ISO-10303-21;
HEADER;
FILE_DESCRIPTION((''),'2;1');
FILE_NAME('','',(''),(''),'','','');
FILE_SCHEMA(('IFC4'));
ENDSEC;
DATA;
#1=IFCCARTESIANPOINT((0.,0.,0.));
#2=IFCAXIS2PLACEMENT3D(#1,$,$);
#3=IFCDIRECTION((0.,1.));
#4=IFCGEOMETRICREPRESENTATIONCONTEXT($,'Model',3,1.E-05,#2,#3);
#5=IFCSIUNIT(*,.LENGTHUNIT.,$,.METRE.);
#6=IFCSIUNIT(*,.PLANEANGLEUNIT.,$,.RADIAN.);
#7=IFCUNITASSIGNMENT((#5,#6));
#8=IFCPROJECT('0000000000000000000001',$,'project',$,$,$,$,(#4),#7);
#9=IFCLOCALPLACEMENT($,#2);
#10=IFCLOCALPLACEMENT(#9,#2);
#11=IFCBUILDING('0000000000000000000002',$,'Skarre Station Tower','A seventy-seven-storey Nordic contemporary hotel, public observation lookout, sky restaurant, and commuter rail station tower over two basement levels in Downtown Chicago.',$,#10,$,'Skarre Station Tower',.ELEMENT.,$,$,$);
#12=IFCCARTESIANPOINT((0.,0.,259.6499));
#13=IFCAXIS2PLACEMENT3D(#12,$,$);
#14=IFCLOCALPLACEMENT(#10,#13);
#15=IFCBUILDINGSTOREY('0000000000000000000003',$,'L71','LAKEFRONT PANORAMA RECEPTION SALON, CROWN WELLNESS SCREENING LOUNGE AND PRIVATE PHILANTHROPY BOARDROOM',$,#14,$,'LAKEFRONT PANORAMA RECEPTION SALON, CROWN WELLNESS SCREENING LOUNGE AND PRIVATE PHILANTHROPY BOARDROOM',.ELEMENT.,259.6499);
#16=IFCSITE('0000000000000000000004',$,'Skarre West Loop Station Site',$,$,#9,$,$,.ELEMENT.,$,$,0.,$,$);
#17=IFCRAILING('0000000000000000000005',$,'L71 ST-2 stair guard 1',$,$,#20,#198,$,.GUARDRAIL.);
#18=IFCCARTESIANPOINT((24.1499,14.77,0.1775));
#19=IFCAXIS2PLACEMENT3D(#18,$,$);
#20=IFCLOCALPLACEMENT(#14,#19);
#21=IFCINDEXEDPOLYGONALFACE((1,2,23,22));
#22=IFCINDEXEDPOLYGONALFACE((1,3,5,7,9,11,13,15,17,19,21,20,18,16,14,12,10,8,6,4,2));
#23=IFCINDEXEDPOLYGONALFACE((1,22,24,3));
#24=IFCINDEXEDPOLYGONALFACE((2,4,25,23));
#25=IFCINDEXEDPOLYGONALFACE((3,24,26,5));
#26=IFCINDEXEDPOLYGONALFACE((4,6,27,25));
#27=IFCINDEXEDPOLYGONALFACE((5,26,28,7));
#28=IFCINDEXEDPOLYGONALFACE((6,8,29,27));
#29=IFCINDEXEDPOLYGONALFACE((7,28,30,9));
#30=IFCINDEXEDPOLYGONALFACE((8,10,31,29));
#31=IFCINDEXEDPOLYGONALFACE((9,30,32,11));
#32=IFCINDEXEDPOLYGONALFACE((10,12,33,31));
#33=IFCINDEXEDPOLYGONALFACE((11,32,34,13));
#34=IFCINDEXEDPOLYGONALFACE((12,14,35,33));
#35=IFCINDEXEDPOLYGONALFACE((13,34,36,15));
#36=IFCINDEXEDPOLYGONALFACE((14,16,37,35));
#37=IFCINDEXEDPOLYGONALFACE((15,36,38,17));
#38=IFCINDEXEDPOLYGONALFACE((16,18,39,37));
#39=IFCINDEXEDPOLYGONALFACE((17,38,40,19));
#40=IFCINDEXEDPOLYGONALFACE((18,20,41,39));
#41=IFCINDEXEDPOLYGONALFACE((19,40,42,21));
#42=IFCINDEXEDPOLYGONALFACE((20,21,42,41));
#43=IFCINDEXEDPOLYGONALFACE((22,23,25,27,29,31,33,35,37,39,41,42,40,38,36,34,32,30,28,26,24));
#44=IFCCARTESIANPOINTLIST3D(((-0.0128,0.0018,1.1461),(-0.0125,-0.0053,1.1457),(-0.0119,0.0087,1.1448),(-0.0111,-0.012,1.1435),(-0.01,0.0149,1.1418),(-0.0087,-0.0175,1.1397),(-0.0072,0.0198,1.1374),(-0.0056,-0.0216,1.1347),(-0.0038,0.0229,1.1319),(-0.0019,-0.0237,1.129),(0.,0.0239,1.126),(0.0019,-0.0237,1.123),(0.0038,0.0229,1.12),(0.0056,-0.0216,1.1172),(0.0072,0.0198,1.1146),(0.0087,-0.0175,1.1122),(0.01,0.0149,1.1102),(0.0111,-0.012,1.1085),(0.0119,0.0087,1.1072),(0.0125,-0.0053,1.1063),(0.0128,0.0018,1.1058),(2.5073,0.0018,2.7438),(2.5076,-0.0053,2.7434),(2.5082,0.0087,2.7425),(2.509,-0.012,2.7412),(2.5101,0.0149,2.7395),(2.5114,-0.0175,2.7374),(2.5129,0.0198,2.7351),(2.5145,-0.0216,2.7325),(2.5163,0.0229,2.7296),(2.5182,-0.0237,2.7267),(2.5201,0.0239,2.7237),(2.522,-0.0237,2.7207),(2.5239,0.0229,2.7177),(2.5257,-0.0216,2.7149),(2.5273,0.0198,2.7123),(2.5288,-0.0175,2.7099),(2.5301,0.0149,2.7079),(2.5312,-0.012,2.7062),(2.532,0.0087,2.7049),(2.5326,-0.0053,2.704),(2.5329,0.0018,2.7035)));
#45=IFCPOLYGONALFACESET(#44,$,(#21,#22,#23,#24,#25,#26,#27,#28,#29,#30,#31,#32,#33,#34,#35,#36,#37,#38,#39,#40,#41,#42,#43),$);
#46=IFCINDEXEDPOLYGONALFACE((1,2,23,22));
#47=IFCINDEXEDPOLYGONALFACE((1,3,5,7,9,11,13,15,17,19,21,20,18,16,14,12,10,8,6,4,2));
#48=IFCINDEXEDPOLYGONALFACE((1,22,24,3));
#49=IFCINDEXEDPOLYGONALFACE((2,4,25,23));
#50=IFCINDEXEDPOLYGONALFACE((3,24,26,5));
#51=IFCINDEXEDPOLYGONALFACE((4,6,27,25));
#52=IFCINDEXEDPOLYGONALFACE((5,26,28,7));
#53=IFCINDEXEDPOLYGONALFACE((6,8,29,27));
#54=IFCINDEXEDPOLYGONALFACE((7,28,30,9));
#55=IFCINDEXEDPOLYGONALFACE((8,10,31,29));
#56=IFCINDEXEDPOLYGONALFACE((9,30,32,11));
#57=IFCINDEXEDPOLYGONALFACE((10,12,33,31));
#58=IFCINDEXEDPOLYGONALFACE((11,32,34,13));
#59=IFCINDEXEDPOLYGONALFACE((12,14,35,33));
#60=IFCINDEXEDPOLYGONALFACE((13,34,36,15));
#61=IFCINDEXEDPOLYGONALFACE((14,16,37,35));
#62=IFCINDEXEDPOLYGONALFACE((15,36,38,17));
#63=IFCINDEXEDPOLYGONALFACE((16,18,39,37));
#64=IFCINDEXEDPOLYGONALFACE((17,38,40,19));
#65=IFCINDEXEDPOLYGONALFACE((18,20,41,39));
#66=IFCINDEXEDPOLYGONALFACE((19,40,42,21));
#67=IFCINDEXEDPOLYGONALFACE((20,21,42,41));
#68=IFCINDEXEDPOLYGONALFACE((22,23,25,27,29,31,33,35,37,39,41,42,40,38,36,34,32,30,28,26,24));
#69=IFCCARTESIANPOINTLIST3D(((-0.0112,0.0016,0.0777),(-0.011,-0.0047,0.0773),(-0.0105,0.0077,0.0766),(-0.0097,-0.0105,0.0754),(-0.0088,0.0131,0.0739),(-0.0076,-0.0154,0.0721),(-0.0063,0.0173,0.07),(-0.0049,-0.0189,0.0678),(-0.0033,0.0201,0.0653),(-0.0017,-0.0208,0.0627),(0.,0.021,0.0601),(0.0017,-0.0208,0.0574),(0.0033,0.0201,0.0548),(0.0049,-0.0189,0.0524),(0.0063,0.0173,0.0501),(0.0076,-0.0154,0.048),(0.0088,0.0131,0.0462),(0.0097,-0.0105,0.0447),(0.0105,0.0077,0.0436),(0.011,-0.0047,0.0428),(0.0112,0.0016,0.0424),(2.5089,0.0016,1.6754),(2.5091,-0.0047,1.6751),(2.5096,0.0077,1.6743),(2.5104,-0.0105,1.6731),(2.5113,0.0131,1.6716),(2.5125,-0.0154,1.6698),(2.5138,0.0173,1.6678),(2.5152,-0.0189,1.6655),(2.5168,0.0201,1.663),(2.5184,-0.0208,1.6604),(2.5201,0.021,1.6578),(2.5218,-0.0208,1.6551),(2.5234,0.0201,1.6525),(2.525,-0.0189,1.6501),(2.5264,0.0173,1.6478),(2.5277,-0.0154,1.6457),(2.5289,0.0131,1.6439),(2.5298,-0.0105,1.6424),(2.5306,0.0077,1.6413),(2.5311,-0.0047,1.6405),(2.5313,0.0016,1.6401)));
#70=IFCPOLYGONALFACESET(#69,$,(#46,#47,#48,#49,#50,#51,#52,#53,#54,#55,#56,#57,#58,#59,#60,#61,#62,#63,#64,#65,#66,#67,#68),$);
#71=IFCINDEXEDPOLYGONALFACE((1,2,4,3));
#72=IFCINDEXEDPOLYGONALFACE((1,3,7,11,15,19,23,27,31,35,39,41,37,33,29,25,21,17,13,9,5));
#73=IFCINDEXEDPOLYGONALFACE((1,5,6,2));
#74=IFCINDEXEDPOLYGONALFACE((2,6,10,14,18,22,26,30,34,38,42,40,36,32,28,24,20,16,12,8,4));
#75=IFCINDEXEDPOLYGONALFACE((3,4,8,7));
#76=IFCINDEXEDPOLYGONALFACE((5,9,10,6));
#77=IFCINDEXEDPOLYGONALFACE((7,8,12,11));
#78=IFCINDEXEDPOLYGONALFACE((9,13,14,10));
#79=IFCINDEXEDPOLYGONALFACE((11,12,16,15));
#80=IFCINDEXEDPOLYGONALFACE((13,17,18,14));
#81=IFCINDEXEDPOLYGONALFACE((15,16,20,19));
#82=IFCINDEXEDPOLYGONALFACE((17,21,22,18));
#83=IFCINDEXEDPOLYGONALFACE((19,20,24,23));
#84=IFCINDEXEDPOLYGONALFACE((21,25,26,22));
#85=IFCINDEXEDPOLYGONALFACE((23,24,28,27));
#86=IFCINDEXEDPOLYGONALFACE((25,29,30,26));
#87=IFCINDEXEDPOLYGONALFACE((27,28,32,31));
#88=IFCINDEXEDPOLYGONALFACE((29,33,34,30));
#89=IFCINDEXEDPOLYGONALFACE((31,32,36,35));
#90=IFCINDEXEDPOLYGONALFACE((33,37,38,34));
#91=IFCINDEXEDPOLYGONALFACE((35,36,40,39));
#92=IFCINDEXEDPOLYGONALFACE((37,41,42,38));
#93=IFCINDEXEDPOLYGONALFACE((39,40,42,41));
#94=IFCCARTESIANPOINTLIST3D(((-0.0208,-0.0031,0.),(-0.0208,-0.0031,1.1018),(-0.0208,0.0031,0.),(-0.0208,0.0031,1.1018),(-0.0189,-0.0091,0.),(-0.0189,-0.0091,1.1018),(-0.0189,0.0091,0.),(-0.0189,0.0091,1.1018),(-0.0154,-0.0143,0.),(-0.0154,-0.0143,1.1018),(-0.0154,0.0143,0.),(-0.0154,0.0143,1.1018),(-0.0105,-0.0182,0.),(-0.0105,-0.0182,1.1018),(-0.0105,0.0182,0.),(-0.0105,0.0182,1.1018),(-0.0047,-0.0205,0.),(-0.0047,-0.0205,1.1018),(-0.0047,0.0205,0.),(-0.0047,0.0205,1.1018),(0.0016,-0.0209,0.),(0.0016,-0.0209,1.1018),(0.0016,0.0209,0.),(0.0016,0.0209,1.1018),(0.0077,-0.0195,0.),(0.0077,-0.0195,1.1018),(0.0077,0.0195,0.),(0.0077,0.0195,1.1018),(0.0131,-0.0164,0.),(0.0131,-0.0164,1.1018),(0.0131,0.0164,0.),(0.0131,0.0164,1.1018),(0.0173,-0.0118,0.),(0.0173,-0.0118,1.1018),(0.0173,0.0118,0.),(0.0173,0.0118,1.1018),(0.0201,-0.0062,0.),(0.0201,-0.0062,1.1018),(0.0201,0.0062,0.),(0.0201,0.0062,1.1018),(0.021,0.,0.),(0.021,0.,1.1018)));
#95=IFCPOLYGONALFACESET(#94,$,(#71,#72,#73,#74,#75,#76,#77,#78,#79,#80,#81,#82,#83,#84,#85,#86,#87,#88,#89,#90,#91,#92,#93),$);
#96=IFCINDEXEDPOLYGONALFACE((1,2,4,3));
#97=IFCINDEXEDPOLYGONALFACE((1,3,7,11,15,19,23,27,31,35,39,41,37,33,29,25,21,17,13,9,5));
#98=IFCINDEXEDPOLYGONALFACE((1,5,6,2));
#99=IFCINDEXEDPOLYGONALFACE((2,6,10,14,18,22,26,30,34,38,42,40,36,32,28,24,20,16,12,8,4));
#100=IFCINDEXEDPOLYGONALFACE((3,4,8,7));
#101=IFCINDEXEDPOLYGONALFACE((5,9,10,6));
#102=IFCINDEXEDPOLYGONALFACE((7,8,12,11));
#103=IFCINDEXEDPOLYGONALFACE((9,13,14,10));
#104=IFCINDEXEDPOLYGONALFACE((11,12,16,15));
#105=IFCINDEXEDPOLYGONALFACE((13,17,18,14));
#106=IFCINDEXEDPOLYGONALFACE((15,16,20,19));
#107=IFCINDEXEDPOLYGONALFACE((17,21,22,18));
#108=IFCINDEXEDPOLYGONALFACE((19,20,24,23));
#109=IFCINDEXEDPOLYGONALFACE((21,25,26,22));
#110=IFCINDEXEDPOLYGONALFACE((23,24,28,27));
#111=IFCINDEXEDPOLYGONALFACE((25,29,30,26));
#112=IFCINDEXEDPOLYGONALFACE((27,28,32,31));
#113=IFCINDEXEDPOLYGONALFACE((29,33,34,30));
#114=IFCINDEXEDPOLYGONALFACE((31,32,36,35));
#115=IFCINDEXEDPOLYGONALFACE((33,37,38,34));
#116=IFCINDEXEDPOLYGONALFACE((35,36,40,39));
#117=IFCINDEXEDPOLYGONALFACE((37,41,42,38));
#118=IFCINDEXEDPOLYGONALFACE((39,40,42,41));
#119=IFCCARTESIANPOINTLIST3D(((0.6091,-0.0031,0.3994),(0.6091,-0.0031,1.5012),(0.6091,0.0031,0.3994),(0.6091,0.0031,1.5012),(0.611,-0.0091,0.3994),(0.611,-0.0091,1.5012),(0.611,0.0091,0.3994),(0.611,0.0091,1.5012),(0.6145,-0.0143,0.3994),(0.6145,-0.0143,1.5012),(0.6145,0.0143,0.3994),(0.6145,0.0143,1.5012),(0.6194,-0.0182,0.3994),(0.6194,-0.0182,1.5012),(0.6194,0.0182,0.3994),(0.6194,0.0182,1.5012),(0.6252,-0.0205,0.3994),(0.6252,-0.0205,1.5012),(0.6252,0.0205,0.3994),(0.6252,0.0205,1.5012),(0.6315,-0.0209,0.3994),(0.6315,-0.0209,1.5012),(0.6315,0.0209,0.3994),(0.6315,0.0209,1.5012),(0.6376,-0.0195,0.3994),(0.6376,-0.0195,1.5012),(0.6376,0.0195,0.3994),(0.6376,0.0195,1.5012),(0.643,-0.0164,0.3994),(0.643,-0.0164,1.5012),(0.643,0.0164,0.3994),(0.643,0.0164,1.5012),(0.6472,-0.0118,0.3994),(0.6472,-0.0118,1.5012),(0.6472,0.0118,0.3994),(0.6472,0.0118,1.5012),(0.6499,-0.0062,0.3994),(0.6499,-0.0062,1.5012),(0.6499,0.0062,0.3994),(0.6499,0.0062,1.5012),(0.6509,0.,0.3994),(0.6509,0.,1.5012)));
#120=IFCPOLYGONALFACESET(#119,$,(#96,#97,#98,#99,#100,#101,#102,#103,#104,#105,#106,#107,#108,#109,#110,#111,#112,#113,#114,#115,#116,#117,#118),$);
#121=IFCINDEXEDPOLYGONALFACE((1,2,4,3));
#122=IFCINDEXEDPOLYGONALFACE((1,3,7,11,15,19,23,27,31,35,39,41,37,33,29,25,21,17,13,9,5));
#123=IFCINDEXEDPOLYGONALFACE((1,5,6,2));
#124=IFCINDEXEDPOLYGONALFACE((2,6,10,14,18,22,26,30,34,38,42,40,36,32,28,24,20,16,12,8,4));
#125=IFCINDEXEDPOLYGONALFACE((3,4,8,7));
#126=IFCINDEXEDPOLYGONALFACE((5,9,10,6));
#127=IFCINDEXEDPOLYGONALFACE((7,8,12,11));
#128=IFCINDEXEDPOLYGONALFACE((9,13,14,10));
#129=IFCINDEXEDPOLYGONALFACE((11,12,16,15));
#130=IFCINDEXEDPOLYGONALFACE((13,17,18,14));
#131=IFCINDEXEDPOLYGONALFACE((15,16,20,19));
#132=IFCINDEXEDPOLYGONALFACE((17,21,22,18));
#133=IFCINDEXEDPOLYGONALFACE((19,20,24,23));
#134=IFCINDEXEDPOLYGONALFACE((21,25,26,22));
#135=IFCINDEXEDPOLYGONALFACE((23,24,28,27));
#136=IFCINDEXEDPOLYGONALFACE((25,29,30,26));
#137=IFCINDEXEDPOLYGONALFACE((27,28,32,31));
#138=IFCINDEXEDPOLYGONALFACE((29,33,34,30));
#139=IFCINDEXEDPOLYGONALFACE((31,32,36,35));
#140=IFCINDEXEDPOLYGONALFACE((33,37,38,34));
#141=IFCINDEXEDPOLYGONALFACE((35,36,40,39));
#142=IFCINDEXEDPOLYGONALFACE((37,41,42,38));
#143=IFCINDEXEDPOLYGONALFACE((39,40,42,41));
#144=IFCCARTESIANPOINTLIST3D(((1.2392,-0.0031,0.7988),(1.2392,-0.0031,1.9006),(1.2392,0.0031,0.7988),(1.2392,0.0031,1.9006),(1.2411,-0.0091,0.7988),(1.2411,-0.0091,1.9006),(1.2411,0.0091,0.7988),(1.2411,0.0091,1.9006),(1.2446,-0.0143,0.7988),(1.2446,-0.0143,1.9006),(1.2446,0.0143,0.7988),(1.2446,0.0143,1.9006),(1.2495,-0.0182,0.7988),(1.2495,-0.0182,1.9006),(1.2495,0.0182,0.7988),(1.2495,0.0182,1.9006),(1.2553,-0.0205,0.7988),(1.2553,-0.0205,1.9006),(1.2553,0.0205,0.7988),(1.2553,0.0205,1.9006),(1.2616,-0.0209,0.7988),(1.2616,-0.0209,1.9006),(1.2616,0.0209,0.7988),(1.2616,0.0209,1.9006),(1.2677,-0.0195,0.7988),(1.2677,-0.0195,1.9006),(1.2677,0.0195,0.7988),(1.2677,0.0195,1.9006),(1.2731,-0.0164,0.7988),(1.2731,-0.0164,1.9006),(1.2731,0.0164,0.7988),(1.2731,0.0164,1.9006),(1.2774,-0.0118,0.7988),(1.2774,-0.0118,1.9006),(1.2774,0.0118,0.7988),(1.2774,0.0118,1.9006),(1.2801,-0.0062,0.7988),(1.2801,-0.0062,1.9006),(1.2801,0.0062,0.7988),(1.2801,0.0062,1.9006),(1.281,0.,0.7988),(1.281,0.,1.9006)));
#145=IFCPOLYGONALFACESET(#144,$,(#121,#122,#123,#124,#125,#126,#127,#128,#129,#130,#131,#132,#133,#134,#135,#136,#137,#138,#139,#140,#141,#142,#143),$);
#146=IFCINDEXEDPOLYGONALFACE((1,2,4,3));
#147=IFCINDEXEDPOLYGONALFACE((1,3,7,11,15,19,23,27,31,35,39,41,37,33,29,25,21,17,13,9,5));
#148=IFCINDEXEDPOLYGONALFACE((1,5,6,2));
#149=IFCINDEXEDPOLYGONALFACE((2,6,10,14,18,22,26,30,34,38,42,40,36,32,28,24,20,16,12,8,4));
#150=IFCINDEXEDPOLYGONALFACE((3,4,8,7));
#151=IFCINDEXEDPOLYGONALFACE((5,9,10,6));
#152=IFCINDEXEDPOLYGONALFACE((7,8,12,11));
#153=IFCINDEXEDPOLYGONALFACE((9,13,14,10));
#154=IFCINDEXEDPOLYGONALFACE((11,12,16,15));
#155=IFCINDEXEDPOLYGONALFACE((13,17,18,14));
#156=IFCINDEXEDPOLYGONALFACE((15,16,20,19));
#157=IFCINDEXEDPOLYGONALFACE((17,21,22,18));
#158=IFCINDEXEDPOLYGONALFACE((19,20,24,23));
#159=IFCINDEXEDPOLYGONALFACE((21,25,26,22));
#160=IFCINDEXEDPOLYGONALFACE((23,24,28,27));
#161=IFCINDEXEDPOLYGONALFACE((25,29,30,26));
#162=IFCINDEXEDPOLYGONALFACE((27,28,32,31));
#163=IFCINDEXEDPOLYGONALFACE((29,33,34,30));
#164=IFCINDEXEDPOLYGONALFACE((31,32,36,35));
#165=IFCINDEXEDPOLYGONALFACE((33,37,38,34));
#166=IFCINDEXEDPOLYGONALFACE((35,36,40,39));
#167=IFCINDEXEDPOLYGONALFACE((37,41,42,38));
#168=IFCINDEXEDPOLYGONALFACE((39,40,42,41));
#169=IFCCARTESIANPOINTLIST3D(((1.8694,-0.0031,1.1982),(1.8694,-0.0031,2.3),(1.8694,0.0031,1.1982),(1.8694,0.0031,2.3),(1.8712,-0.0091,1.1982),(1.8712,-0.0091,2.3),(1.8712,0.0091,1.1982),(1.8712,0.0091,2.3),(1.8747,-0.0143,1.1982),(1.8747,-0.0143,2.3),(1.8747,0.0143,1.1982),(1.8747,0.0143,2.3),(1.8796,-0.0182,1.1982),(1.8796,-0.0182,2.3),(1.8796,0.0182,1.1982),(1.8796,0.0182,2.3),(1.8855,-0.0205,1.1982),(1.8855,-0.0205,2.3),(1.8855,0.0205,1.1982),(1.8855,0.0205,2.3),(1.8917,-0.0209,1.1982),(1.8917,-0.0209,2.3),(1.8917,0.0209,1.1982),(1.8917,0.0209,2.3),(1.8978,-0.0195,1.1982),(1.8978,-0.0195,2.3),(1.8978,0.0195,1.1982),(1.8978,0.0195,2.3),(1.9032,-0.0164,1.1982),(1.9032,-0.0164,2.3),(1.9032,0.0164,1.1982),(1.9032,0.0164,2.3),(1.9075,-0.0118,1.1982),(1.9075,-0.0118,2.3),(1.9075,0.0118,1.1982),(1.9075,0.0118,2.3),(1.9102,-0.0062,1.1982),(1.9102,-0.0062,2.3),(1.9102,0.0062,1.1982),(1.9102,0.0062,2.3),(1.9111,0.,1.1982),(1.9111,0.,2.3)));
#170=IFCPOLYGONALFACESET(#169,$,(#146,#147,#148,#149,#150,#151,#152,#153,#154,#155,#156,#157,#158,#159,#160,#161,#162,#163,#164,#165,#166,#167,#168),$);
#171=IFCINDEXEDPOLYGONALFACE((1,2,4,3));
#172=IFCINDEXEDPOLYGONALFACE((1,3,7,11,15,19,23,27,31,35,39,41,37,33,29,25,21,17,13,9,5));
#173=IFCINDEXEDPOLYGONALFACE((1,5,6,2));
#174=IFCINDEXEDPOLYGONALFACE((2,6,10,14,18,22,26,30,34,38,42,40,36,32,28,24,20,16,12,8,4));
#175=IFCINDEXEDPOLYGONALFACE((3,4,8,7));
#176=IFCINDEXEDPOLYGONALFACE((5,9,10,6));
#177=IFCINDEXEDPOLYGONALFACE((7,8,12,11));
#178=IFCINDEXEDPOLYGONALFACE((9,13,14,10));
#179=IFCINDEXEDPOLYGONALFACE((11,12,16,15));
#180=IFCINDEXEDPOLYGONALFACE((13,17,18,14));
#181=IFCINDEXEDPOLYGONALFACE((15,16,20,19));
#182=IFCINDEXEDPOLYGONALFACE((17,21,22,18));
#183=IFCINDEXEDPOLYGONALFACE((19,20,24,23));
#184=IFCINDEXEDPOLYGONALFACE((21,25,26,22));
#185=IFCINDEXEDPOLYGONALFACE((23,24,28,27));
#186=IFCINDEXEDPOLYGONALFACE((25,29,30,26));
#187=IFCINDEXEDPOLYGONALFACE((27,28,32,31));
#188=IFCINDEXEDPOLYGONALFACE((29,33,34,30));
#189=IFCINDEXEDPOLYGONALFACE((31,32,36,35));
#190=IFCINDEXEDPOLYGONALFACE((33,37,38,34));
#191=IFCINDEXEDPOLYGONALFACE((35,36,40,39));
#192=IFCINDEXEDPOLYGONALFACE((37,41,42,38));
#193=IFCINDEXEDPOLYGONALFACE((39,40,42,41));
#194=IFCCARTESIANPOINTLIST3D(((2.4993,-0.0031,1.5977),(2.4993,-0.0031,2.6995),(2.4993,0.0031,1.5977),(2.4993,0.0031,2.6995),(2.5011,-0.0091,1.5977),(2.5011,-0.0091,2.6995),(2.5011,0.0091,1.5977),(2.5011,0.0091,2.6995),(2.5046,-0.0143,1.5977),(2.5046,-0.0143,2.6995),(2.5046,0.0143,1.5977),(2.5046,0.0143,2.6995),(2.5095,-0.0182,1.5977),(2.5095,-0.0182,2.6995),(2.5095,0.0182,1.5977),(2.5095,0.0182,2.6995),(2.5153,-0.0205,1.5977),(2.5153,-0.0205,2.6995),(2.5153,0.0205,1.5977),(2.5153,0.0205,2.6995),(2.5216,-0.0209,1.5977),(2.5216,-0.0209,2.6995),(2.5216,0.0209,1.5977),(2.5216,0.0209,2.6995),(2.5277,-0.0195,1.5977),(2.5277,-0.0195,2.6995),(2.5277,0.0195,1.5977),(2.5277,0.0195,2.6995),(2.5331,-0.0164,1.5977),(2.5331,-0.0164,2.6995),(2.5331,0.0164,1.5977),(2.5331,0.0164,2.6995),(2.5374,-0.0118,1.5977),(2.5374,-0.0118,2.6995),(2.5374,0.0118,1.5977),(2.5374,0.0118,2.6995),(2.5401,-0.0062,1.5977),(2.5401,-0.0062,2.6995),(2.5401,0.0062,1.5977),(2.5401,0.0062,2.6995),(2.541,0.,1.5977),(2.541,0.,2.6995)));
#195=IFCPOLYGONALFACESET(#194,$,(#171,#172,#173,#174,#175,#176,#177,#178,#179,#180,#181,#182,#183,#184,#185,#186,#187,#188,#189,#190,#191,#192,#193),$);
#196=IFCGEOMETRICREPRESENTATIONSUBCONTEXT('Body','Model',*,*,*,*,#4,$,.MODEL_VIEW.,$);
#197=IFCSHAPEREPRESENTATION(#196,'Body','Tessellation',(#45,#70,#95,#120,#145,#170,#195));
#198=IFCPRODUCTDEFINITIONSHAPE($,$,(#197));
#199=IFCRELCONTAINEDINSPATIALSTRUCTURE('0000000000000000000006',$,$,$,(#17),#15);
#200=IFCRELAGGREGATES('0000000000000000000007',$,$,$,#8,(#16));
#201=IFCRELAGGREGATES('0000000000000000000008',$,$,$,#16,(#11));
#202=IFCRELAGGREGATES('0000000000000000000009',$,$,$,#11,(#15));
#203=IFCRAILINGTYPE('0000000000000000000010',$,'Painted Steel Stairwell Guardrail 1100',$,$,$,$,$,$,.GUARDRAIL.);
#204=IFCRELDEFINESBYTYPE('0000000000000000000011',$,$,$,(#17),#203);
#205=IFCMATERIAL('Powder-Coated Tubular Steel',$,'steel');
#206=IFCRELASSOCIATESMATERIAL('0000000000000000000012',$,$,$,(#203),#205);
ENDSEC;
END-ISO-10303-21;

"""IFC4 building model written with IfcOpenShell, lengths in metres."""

from ifc_helpers import new_model, si_unit, direction, frame, origin, origin_2d, place, context, subcontext, project, spatial, circle, extrude, material, type_object, element, save


model = new_model("IFC4")

# Units and contexts
model_context = context("Model", 3, precision=1e-05, world=origin(), true_north=direction((0.0, 1.0)))
body_context = subcontext(model_context, "Body", "Model", "MODEL_VIEW")
ifc_project = project(units=[si_unit("LENGTHUNIT", "METRE"), si_unit("PLANEANGLEUNIT", "RADIAN")], contexts=[model_context])

# Site, building, storey
site_placement = place(None, origin())
site = spatial("IfcSite", under=ifc_project, at=site_placement, Name="Skarre West Loop Station Site", CompositionType="ELEMENT", RefElevation=0.0)
building_placement = place(site_placement, origin())
building = spatial("IfcBuilding", under=site, at=building_placement, Name="Skarre Station Tower", Description="A seventy-seven-storey Nordic contemporary hotel, public observation lookout, sky restaurant, and commuter rail station tower over two basement levels in Downtown Chicago.", LongName="Skarre Station Tower", CompositionType="ELEMENT")
storey_placement = place(building_placement, frame((0.0, 0.0, 259.6499)))
storey = spatial("IfcBuildingStorey", under=building, at=storey_placement, Name="L71", Description="LAKEFRONT PANORAMA RECEPTION SALON, CROWN WELLNESS SCREENING LOUNGE AND PRIVATE PHILANTHROPY BOARDROOM", LongName="LAKEFRONT PANORAMA RECEPTION SALON, CROWN WELLNESS SCREENING LOUNGE AND PRIVATE PHILANTHROPY BOARDROOM", CompositionType="ELEMENT", Elevation=259.6499)

# Railing
ifc_material_1 = material(Name="Powder-Coated Tubular Steel", Category="steel")
railing_type_1 = type_object("IfcRailingType", Name="Painted Steel Stairwell Guardrail 1100", PredefinedType="GUARDRAIL", material=ifc_material_1)
railing_1_placement = place(storey_placement, frame((24.1499, 14.77, 0.1775)))
element("IfcRailing", 1, at=railing_1_placement, inside=storey, type_object=railing_type_1, Name="L71 ST-2 stair guard 1", PredefinedType="GUARDRAIL", context=body_context, shape_type="SweptSolid", body=[
    extrude(circle(Radius=0.0239, at=origin_2d()), frame((0.0, 0.0, 1.126), z_axis=(0.84457, 0.0, 0.535445), x_axis=(0.0, 1.0, 0.0)), (0.0, 0.0, 1.0), 2.9839),
    extrude(circle(Radius=0.021, at=origin_2d()), frame((0.0, 0.0, 0.0601), z_axis=(0.84457, 0.0, 0.535445), x_axis=(0.0, 1.0, 0.0)), (0.0, 0.0, 1.0), 2.9839),
    extrude(circle(Radius=0.021, at=origin_2d()), origin(), (0.0, 0.0, 1.0), 1.1018),
    extrude(circle(Radius=0.021, at=origin_2d()), frame((0.6299, 0.0, 0.3994)), (0.0, 0.0, 1.0), 1.1018),
    extrude(circle(Radius=0.021, at=origin_2d()), frame((1.26, 0.0, 0.7988)), (0.0, 0.0, 1.0), 1.1018),
    extrude(circle(Radius=0.021, at=origin_2d()), frame((1.8901, 0.0, 1.1982)), (0.0, 0.0, 1.0), 1.1018),
    extrude(circle(Radius=0.021, at=origin_2d()), frame((2.52, 0.0, 1.5977)), (0.0, 0.0, 1.0), 1.1018),
])

save(model, "model.ifc")
